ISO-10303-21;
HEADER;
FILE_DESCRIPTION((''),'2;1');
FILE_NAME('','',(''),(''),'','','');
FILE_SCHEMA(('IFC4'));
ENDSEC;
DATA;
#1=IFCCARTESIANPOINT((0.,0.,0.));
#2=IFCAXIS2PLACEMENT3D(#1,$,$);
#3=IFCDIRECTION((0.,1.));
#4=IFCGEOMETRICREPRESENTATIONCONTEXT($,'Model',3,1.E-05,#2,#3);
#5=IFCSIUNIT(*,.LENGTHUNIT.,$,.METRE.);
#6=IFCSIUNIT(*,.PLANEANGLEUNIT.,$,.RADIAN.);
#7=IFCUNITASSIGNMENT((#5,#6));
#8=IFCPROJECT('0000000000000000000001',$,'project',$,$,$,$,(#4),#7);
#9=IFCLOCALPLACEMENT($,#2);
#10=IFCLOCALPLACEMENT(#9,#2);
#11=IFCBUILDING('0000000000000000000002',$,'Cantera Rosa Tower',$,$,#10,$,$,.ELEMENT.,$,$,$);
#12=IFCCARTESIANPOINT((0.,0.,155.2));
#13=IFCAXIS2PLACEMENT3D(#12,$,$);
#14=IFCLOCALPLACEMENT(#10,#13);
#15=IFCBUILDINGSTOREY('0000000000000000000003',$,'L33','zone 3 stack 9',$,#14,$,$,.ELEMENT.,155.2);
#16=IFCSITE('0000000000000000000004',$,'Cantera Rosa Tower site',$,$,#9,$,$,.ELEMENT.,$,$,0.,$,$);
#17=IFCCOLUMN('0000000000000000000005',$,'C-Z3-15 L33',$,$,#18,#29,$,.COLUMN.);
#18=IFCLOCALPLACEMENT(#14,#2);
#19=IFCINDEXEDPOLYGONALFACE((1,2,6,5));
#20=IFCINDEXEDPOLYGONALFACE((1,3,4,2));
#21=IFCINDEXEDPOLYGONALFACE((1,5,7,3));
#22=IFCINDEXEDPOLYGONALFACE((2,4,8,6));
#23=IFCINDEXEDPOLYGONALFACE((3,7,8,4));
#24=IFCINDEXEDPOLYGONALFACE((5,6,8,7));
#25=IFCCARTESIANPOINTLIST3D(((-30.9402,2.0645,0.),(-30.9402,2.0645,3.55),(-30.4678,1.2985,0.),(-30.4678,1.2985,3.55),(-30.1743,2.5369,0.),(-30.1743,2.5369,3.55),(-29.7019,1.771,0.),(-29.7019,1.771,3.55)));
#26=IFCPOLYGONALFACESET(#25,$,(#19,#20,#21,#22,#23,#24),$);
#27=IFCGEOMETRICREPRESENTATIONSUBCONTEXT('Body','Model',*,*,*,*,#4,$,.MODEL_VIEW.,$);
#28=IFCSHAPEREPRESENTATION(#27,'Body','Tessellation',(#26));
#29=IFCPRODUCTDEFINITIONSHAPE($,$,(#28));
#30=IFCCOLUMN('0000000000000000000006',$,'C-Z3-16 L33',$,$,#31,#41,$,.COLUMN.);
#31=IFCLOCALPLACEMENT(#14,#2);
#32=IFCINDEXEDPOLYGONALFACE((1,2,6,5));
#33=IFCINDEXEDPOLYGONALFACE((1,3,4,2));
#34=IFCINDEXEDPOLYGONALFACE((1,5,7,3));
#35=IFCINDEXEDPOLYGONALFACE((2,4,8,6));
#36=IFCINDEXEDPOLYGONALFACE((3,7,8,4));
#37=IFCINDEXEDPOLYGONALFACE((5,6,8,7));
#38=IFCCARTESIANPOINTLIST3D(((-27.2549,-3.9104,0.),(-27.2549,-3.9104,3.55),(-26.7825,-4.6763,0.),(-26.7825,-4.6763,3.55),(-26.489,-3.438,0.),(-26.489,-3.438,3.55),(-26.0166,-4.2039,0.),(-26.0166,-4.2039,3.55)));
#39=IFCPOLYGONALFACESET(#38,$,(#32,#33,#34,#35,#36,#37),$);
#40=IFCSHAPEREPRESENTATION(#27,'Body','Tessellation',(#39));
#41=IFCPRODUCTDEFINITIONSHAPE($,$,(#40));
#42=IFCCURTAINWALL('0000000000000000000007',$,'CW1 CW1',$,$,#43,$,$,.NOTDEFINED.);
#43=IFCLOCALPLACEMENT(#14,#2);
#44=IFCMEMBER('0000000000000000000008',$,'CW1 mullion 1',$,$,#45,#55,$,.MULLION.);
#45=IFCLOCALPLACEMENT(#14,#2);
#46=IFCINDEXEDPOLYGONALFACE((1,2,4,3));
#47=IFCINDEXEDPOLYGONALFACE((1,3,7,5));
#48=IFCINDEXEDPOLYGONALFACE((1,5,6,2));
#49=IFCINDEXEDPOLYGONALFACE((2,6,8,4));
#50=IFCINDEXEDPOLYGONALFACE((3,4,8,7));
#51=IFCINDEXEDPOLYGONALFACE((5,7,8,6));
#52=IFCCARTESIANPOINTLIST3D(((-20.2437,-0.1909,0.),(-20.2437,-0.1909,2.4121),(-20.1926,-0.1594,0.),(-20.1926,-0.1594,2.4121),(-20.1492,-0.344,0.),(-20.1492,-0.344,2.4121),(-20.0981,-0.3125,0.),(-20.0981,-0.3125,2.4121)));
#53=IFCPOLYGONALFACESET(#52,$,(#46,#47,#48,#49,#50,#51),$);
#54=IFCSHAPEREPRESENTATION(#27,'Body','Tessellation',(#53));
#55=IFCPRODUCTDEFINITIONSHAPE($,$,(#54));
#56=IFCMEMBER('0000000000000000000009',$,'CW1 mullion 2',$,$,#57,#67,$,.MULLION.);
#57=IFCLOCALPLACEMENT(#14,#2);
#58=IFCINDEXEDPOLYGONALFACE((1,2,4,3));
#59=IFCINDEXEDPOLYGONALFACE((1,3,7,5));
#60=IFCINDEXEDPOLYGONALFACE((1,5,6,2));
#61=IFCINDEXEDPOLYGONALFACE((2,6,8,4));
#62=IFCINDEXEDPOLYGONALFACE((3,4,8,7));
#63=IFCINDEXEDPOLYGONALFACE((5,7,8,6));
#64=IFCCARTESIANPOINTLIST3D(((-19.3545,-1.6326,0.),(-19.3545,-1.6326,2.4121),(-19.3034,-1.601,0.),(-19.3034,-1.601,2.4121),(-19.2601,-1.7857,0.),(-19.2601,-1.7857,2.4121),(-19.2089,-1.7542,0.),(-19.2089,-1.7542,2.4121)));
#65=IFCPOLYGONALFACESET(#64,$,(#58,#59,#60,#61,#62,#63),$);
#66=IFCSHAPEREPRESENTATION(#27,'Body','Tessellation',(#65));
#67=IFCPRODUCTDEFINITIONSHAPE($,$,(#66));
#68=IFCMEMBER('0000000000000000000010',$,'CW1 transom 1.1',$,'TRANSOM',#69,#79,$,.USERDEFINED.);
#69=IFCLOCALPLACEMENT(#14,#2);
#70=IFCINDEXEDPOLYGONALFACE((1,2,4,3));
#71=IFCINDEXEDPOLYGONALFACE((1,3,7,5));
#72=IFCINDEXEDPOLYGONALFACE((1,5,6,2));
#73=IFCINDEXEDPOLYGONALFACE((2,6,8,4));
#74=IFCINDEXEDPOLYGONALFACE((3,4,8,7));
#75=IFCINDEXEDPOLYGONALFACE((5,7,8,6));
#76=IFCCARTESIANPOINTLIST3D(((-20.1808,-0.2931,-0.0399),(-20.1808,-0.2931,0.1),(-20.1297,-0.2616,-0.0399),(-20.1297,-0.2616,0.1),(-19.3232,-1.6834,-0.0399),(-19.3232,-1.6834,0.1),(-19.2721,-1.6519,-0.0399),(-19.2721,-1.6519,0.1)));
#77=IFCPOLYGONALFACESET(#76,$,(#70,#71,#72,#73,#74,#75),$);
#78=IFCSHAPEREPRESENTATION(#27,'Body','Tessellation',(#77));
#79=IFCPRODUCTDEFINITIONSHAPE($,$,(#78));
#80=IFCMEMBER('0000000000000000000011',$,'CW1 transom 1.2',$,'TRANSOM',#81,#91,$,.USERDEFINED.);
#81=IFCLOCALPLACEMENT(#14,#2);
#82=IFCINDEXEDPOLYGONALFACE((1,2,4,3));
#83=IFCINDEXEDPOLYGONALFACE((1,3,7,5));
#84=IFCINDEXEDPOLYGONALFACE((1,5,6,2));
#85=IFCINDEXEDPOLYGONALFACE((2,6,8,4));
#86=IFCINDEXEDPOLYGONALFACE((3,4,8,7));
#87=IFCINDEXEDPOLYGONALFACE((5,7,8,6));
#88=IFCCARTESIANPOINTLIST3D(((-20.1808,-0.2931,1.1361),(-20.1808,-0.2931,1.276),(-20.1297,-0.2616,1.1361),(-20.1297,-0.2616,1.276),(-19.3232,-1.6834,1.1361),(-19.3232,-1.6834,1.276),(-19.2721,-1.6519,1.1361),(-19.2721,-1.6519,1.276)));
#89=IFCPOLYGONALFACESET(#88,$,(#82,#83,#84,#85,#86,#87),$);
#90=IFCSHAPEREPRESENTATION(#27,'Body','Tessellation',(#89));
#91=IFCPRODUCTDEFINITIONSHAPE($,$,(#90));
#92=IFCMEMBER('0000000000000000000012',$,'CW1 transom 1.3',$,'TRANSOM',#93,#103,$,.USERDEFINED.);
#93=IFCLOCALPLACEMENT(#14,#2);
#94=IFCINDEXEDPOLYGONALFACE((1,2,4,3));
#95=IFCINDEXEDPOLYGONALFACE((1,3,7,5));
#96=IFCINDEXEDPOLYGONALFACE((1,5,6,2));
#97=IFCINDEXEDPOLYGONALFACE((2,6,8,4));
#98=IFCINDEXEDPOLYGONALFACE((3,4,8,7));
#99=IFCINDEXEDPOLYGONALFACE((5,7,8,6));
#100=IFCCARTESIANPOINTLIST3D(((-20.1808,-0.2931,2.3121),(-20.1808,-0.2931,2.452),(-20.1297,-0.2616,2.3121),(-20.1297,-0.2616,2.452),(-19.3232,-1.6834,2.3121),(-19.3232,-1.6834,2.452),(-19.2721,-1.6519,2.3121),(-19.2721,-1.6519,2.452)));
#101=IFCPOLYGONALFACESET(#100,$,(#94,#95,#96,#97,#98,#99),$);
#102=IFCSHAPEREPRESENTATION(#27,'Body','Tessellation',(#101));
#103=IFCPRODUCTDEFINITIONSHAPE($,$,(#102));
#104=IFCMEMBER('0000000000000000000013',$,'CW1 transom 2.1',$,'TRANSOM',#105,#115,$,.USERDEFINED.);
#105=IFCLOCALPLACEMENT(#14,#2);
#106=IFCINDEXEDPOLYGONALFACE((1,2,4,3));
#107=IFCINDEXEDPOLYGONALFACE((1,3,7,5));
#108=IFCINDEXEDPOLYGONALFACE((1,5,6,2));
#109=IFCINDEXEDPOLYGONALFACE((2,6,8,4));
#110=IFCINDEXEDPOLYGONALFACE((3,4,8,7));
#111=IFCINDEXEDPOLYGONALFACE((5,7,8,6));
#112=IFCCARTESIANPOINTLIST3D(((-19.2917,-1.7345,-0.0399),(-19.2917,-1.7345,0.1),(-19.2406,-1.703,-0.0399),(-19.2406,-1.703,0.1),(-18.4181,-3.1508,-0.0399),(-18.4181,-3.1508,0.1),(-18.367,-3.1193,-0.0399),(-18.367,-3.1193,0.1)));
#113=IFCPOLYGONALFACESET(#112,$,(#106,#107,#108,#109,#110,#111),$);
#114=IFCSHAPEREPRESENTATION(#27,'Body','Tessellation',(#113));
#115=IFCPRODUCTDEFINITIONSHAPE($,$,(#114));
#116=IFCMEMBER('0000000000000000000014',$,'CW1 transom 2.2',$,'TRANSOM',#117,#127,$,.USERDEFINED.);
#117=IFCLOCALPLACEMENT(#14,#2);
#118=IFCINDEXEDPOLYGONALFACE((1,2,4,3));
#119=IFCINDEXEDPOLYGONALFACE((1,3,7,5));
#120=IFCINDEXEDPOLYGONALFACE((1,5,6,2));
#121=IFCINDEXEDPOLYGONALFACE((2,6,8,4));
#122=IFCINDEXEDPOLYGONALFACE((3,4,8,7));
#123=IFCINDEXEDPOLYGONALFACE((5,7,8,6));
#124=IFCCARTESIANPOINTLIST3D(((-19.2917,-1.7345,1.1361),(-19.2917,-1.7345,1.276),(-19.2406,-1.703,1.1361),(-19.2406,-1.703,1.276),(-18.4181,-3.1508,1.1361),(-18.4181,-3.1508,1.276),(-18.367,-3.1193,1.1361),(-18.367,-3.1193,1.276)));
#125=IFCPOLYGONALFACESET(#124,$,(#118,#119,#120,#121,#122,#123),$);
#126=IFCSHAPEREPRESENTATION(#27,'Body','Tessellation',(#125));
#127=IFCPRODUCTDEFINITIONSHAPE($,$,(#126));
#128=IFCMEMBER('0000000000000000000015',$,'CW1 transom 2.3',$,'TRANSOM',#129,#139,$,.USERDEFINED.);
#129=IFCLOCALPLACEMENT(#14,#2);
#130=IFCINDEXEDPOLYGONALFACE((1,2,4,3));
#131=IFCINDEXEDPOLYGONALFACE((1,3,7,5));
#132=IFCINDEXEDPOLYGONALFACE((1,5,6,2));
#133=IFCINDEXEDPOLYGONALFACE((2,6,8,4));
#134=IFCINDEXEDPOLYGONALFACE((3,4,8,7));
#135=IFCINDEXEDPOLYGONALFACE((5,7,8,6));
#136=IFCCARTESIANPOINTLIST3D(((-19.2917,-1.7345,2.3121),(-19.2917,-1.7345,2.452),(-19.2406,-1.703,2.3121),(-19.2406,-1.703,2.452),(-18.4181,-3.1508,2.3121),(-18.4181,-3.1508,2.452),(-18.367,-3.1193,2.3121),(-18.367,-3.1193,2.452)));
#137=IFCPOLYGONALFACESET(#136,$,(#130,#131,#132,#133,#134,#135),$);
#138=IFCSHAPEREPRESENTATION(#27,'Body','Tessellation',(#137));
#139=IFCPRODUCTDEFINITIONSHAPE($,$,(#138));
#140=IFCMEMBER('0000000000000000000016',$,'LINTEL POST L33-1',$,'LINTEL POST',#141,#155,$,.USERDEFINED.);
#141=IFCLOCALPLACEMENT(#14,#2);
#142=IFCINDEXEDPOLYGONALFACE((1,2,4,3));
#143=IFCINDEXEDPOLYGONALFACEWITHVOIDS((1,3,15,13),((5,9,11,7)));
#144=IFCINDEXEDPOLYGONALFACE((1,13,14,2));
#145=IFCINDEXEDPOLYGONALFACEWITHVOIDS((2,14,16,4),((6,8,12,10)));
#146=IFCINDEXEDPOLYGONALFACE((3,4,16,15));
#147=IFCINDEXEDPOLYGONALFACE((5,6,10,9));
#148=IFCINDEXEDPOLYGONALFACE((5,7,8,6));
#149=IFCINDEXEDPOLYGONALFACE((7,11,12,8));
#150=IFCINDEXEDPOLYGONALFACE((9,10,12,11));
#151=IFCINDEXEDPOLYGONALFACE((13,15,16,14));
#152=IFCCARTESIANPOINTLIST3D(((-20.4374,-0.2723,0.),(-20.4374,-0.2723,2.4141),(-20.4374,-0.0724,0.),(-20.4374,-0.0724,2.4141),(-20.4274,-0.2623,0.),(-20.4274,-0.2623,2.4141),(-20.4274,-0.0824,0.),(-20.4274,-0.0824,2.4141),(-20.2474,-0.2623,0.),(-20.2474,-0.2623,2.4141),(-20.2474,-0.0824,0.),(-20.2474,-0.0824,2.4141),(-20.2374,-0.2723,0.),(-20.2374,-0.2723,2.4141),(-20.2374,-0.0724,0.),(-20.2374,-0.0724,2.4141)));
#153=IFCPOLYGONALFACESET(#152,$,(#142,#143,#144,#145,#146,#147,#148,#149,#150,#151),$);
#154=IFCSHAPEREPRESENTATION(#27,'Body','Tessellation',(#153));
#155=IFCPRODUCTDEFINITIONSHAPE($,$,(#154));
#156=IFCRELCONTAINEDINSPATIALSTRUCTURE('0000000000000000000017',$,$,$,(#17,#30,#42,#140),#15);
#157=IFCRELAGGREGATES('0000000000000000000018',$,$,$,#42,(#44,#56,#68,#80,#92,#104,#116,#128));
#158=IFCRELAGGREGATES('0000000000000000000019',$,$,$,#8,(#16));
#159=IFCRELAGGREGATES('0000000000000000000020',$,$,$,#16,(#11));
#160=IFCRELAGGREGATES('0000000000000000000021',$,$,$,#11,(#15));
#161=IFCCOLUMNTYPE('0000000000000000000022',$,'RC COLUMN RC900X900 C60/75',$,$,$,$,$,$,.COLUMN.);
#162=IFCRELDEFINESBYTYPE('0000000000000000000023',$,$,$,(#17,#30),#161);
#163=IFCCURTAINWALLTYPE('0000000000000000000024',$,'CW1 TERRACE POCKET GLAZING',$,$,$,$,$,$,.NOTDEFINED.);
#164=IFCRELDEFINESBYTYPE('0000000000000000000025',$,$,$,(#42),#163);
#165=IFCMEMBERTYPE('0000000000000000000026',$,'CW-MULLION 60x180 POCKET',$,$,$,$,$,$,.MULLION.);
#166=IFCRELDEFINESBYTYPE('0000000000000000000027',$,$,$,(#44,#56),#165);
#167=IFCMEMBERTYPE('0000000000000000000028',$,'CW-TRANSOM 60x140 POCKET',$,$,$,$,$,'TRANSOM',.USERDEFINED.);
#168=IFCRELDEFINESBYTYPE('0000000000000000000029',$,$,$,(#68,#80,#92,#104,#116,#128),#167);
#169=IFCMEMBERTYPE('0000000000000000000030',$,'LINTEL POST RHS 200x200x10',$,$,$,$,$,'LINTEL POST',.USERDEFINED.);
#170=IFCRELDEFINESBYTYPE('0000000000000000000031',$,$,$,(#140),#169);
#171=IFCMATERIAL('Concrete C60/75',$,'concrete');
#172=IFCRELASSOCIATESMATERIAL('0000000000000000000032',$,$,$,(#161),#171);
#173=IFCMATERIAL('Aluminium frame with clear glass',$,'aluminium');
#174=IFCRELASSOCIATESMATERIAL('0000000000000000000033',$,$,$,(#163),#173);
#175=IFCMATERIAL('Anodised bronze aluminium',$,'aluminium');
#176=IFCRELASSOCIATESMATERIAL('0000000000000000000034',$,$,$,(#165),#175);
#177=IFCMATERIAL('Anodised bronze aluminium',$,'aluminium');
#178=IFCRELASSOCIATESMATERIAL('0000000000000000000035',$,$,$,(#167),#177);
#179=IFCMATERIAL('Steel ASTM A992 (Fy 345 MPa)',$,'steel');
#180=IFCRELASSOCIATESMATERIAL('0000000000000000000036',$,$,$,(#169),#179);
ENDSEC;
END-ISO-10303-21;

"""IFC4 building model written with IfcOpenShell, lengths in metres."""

from ifc_helpers import new_model, si_unit, direction, frame, origin, origin_2d, place, context, subcontext, project, spatial, rectangle, hollow_rectangle, extrude, material, material_profile, profile_set, type_object, element, aggregate, save


model = new_model("IFC4")

# Units and contexts
model_context = context("Model", 3, precision=1e-05, world=origin(), true_north=direction((0.0, 1.0)))
body_context = subcontext(model_context, "Body", "Model", "MODEL_VIEW")
ifc_project = project(units=[si_unit("LENGTHUNIT", "METRE"), si_unit("PLANEANGLEUNIT", "RADIAN")], contexts=[model_context])

# Site, building, storey
site_placement = place(None, origin())
site = spatial("IfcSite", under=ifc_project, at=site_placement, Name="Cantera Rosa Tower site", CompositionType="ELEMENT", RefElevation=0.0)
building_placement = place(site_placement, origin())
building = spatial("IfcBuilding", under=site, at=building_placement, Name="Cantera Rosa Tower", CompositionType="ELEMENT")
storey_placement = place(building_placement, frame((0.0, 0.0, 155.2)))
storey = spatial("IfcBuildingStorey", under=building, at=storey_placement, Name="L33", Description="zone 3 stack 9", CompositionType="ELEMENT", Elevation=155.2)

# Columns
ifc_material_1 = material(Name="Concrete C60/75", Category="concrete")
ifc_material_profile_1 = material_profile(ifc_material_1, rectangle(XDim=0.8999, YDim=0.8999, at=origin_2d()), Name="RC COLUMN RC900X900 C60/75")
ifc_profile_set_1 = profile_set([ifc_material_profile_1], Name="Concrete C60/75")
column_type = type_object("IfcColumnType", Name="RC COLUMN RC900X900 C60/75", PredefinedType="COLUMN", material=ifc_profile_set_1)
for number, where, z_axis, x_axis, name in (
    (1, (-30.321, 1.9177, 0.0), (0.0, 0.0, 1.0), (0.851117, 0.524977, 0.0), "C-Z3-15 L33"),
    (2, (-26.6357, -4.0571, 0.0), (0.0, 0.0, 1.0), (0.851117, 0.524977, 0.0), "C-Z3-16 L33"),
):
    element("IfcColumn", number, at=place(storey_placement, frame(where, z_axis=z_axis, x_axis=x_axis)), inside=storey, type_object=column_type, Name=name, PredefinedType="COLUMN", context=body_context, shape_type="SweptSolid", body=[
        extrude(rectangle(XDim=0.8999, YDim=0.8999, at=origin_2d()), origin(), (0.0, 0.0, 1.0), 3.55),
    ])

# Curtain wall, members
ifc_material_2 = material(Name="Aluminium frame with clear glass", Category="aluminium")
curtain_wall_type = type_object("IfcCurtainWallType", Name="CW1 TERRACE POCKET GLAZING", PredefinedType="NOTDEFINED", material=ifc_material_2)
curtain_wall_placement = place(storey_placement, origin())
curtain_wall = element("IfcCurtainWall", 3, at=curtain_wall_placement, inside=storey, type_object=curtain_wall_type, Name="CW1 CW1", PredefinedType="NOTDEFINED")
ifc_material_3 = material(Name="Anodised bronze aluminium", Category="aluminium")
ifc_material_profile_2 = material_profile(ifc_material_3, rectangle(XDim=0.0601, YDim=0.1799, at=origin_2d()), Name="CW-MULLION 60x180 POCKET")
ifc_profile_set_2 = profile_set([ifc_material_profile_2], Name="Anodised bronze aluminium")
member_type_1 = type_object("IfcMemberType", Name="CW-MULLION 60x180 POCKET", PredefinedType="MULLION", material=ifc_profile_set_2)
member_1_placement = place(storey_placement, frame((-20.1709, -0.2517, 0.0), z_axis=(0.0, 0.0, 1.0), x_axis=(0.851117, 0.524977, 0.0)))
member_1 = element("IfcMember", 4, at=member_1_placement, type_object=member_type_1, Name="CW1 mullion 1", PredefinedType="MULLION", context=body_context, shape_type="SweptSolid", body=[
    extrude(rectangle(XDim=0.0601, YDim=0.1799, at=origin_2d()), origin(), (0.0, 0.0, 1.0), 2.4121),
])
member_2_placement = place(storey_placement, frame((-19.2817, -1.6934, 0.0), z_axis=(0.0, 0.0, 1.0), x_axis=(0.851117, 0.524977, 0.0)))
member_2 = element("IfcMember", 5, at=member_2_placement, type_object=member_type_1, Name="CW1 mullion 2", PredefinedType="MULLION", context=body_context, shape_type="SweptSolid", body=[
    extrude(rectangle(XDim=0.0601, YDim=0.1799, at=origin_2d()), origin(), (0.0, 0.0, 1.0), 2.4121),
])
ifc_material_4 = material(Name="Anodised bronze aluminium", Category="aluminium")
ifc_material_profile_3 = material_profile(ifc_material_4, rectangle(XDim=0.0601, YDim=0.1399, at=origin_2d()), Name="CW-TRANSOM 60x140 POCKET")
ifc_profile_set_3 = profile_set([ifc_material_profile_3], Name="Anodised bronze aluminium")
member_type_2 = type_object("IfcMemberType", Name="CW-TRANSOM 60x140 POCKET", ElementType="TRANSOM", PredefinedType="USERDEFINED", material=ifc_profile_set_3)
member_3_placement = place(storey_placement, frame((-20.1553, -0.2773, 0.03), z_axis=(0.525006, -0.851099, 0.0), x_axis=(0.851099, 0.525006, 0.0)))
member_3 = element("IfcMember", 6, at=member_3_placement, type_object=member_type_2, Name="CW1 transom 1.1", ObjectType="TRANSOM", PredefinedType="USERDEFINED", context=body_context, shape_type="SweptSolid", body=[
    extrude(rectangle(XDim=0.0601, YDim=0.1399, at=origin_2d()), origin(), (0.0, 0.0, 1.0), 1.6335),
])
member_4_placement = place(storey_placement, frame((-20.1553, -0.2773, 1.2061), z_axis=(0.525006, -0.851099, 0.0), x_axis=(0.851099, 0.525006, 0.0)))
member_4 = element("IfcMember", 7, at=member_4_placement, type_object=member_type_2, Name="CW1 transom 1.2", ObjectType="TRANSOM", PredefinedType="USERDEFINED", context=body_context, shape_type="SweptSolid", body=[
    extrude(rectangle(XDim=0.0601, YDim=0.1399, at=origin_2d()), origin(), (0.0, 0.0, 1.0), 1.6335),
])
member_5_placement = place(storey_placement, frame((-20.1553, -0.2773, 2.3821), z_axis=(0.525006, -0.851099, 0.0), x_axis=(0.851099, 0.525006, 0.0)))
member_5 = element("IfcMember", 8, at=member_5_placement, type_object=member_type_2, Name="CW1 transom 1.3", ObjectType="TRANSOM", PredefinedType="USERDEFINED", context=body_context, shape_type="SweptSolid", body=[
    extrude(rectangle(XDim=0.0601, YDim=0.1399, at=origin_2d()), origin(), (0.0, 0.0, 1.0), 1.6335),
])
member_6_placement = place(storey_placement, frame((-19.2661, -1.7188, 0.03), z_axis=(0.524965, -0.851124, 0.0), x_axis=(0.851124, 0.524965, 0.0)))
member_6 = element("IfcMember", 9, at=member_6_placement, type_object=member_type_2, Name="CW1 transom 2.1", ObjectType="TRANSOM", PredefinedType="USERDEFINED", context=body_context, shape_type="SweptSolid", body=[
    extrude(rectangle(XDim=0.0601, YDim=0.1399, at=origin_2d()), origin(), (0.0, 0.0, 1.0), 1.6641),
])
member_7_placement = place(storey_placement, frame((-19.2661, -1.7188, 1.2061), z_axis=(0.524965, -0.851124, 0.0), x_axis=(0.851124, 0.524965, 0.0)))
member_7 = element("IfcMember", 10, at=member_7_placement, type_object=member_type_2, Name="CW1 transom 2.2", ObjectType="TRANSOM", PredefinedType="USERDEFINED", context=body_context, shape_type="SweptSolid", body=[
    extrude(rectangle(XDim=0.0601, YDim=0.1399, at=origin_2d()), origin(), (0.0, 0.0, 1.0), 1.6641),
])
member_8_placement = place(storey_placement, frame((-19.2661, -1.7188, 2.3821), z_axis=(0.524965, -0.851124, 0.0), x_axis=(0.851124, 0.524965, 0.0)))
member_8 = element("IfcMember", 11, at=member_8_placement, type_object=member_type_2, Name="CW1 transom 2.3", ObjectType="TRANSOM", PredefinedType="USERDEFINED", context=body_context, shape_type="SweptSolid", body=[
    extrude(rectangle(XDim=0.0601, YDim=0.1399, at=origin_2d()), origin(), (0.0, 0.0, 1.0), 1.6641),
])

# Member
ifc_material_5 = material(Name="Steel ASTM A992 (Fy 345 MPa)", Category="steel")
ifc_material_profile_4 = material_profile(ifc_material_5, hollow_rectangle(XDim=0.2, YDim=0.2, WallThickness=0.01, at=origin_2d()), Name="LINTEL POST RHS 200x200x10")
ifc_profile_set_4 = profile_set([ifc_material_profile_4], Name="Steel ASTM A992 (Fy 345 MPa)")
member_type_3 = type_object("IfcMemberType", Name="LINTEL POST RHS 200x200x10", ElementType="LINTEL POST", PredefinedType="USERDEFINED", material=ifc_profile_set_4)
member_9_placement = place(storey_placement, frame((-20.3374, -0.1724, 0.0), z_axis=(0.0, 0.0, 1.0), x_axis=(1.0, 0.0, 0.0)))
element("IfcMember", 12, at=member_9_placement, inside=storey, type_object=member_type_3, Name="LINTEL POST L33-1", ObjectType="LINTEL POST", PredefinedType="USERDEFINED", context=body_context, shape_type="SweptSolid", body=[
    extrude(hollow_rectangle(XDim=0.2, YDim=0.2, WallThickness=0.01, at=origin_2d()), origin(), (0.0, 0.0, 1.0), 2.4141),
])

aggregate(curtain_wall, [member_1, member_2, member_3, member_4, member_5, member_6, member_7, member_8])

save(model, "model.ifc")
